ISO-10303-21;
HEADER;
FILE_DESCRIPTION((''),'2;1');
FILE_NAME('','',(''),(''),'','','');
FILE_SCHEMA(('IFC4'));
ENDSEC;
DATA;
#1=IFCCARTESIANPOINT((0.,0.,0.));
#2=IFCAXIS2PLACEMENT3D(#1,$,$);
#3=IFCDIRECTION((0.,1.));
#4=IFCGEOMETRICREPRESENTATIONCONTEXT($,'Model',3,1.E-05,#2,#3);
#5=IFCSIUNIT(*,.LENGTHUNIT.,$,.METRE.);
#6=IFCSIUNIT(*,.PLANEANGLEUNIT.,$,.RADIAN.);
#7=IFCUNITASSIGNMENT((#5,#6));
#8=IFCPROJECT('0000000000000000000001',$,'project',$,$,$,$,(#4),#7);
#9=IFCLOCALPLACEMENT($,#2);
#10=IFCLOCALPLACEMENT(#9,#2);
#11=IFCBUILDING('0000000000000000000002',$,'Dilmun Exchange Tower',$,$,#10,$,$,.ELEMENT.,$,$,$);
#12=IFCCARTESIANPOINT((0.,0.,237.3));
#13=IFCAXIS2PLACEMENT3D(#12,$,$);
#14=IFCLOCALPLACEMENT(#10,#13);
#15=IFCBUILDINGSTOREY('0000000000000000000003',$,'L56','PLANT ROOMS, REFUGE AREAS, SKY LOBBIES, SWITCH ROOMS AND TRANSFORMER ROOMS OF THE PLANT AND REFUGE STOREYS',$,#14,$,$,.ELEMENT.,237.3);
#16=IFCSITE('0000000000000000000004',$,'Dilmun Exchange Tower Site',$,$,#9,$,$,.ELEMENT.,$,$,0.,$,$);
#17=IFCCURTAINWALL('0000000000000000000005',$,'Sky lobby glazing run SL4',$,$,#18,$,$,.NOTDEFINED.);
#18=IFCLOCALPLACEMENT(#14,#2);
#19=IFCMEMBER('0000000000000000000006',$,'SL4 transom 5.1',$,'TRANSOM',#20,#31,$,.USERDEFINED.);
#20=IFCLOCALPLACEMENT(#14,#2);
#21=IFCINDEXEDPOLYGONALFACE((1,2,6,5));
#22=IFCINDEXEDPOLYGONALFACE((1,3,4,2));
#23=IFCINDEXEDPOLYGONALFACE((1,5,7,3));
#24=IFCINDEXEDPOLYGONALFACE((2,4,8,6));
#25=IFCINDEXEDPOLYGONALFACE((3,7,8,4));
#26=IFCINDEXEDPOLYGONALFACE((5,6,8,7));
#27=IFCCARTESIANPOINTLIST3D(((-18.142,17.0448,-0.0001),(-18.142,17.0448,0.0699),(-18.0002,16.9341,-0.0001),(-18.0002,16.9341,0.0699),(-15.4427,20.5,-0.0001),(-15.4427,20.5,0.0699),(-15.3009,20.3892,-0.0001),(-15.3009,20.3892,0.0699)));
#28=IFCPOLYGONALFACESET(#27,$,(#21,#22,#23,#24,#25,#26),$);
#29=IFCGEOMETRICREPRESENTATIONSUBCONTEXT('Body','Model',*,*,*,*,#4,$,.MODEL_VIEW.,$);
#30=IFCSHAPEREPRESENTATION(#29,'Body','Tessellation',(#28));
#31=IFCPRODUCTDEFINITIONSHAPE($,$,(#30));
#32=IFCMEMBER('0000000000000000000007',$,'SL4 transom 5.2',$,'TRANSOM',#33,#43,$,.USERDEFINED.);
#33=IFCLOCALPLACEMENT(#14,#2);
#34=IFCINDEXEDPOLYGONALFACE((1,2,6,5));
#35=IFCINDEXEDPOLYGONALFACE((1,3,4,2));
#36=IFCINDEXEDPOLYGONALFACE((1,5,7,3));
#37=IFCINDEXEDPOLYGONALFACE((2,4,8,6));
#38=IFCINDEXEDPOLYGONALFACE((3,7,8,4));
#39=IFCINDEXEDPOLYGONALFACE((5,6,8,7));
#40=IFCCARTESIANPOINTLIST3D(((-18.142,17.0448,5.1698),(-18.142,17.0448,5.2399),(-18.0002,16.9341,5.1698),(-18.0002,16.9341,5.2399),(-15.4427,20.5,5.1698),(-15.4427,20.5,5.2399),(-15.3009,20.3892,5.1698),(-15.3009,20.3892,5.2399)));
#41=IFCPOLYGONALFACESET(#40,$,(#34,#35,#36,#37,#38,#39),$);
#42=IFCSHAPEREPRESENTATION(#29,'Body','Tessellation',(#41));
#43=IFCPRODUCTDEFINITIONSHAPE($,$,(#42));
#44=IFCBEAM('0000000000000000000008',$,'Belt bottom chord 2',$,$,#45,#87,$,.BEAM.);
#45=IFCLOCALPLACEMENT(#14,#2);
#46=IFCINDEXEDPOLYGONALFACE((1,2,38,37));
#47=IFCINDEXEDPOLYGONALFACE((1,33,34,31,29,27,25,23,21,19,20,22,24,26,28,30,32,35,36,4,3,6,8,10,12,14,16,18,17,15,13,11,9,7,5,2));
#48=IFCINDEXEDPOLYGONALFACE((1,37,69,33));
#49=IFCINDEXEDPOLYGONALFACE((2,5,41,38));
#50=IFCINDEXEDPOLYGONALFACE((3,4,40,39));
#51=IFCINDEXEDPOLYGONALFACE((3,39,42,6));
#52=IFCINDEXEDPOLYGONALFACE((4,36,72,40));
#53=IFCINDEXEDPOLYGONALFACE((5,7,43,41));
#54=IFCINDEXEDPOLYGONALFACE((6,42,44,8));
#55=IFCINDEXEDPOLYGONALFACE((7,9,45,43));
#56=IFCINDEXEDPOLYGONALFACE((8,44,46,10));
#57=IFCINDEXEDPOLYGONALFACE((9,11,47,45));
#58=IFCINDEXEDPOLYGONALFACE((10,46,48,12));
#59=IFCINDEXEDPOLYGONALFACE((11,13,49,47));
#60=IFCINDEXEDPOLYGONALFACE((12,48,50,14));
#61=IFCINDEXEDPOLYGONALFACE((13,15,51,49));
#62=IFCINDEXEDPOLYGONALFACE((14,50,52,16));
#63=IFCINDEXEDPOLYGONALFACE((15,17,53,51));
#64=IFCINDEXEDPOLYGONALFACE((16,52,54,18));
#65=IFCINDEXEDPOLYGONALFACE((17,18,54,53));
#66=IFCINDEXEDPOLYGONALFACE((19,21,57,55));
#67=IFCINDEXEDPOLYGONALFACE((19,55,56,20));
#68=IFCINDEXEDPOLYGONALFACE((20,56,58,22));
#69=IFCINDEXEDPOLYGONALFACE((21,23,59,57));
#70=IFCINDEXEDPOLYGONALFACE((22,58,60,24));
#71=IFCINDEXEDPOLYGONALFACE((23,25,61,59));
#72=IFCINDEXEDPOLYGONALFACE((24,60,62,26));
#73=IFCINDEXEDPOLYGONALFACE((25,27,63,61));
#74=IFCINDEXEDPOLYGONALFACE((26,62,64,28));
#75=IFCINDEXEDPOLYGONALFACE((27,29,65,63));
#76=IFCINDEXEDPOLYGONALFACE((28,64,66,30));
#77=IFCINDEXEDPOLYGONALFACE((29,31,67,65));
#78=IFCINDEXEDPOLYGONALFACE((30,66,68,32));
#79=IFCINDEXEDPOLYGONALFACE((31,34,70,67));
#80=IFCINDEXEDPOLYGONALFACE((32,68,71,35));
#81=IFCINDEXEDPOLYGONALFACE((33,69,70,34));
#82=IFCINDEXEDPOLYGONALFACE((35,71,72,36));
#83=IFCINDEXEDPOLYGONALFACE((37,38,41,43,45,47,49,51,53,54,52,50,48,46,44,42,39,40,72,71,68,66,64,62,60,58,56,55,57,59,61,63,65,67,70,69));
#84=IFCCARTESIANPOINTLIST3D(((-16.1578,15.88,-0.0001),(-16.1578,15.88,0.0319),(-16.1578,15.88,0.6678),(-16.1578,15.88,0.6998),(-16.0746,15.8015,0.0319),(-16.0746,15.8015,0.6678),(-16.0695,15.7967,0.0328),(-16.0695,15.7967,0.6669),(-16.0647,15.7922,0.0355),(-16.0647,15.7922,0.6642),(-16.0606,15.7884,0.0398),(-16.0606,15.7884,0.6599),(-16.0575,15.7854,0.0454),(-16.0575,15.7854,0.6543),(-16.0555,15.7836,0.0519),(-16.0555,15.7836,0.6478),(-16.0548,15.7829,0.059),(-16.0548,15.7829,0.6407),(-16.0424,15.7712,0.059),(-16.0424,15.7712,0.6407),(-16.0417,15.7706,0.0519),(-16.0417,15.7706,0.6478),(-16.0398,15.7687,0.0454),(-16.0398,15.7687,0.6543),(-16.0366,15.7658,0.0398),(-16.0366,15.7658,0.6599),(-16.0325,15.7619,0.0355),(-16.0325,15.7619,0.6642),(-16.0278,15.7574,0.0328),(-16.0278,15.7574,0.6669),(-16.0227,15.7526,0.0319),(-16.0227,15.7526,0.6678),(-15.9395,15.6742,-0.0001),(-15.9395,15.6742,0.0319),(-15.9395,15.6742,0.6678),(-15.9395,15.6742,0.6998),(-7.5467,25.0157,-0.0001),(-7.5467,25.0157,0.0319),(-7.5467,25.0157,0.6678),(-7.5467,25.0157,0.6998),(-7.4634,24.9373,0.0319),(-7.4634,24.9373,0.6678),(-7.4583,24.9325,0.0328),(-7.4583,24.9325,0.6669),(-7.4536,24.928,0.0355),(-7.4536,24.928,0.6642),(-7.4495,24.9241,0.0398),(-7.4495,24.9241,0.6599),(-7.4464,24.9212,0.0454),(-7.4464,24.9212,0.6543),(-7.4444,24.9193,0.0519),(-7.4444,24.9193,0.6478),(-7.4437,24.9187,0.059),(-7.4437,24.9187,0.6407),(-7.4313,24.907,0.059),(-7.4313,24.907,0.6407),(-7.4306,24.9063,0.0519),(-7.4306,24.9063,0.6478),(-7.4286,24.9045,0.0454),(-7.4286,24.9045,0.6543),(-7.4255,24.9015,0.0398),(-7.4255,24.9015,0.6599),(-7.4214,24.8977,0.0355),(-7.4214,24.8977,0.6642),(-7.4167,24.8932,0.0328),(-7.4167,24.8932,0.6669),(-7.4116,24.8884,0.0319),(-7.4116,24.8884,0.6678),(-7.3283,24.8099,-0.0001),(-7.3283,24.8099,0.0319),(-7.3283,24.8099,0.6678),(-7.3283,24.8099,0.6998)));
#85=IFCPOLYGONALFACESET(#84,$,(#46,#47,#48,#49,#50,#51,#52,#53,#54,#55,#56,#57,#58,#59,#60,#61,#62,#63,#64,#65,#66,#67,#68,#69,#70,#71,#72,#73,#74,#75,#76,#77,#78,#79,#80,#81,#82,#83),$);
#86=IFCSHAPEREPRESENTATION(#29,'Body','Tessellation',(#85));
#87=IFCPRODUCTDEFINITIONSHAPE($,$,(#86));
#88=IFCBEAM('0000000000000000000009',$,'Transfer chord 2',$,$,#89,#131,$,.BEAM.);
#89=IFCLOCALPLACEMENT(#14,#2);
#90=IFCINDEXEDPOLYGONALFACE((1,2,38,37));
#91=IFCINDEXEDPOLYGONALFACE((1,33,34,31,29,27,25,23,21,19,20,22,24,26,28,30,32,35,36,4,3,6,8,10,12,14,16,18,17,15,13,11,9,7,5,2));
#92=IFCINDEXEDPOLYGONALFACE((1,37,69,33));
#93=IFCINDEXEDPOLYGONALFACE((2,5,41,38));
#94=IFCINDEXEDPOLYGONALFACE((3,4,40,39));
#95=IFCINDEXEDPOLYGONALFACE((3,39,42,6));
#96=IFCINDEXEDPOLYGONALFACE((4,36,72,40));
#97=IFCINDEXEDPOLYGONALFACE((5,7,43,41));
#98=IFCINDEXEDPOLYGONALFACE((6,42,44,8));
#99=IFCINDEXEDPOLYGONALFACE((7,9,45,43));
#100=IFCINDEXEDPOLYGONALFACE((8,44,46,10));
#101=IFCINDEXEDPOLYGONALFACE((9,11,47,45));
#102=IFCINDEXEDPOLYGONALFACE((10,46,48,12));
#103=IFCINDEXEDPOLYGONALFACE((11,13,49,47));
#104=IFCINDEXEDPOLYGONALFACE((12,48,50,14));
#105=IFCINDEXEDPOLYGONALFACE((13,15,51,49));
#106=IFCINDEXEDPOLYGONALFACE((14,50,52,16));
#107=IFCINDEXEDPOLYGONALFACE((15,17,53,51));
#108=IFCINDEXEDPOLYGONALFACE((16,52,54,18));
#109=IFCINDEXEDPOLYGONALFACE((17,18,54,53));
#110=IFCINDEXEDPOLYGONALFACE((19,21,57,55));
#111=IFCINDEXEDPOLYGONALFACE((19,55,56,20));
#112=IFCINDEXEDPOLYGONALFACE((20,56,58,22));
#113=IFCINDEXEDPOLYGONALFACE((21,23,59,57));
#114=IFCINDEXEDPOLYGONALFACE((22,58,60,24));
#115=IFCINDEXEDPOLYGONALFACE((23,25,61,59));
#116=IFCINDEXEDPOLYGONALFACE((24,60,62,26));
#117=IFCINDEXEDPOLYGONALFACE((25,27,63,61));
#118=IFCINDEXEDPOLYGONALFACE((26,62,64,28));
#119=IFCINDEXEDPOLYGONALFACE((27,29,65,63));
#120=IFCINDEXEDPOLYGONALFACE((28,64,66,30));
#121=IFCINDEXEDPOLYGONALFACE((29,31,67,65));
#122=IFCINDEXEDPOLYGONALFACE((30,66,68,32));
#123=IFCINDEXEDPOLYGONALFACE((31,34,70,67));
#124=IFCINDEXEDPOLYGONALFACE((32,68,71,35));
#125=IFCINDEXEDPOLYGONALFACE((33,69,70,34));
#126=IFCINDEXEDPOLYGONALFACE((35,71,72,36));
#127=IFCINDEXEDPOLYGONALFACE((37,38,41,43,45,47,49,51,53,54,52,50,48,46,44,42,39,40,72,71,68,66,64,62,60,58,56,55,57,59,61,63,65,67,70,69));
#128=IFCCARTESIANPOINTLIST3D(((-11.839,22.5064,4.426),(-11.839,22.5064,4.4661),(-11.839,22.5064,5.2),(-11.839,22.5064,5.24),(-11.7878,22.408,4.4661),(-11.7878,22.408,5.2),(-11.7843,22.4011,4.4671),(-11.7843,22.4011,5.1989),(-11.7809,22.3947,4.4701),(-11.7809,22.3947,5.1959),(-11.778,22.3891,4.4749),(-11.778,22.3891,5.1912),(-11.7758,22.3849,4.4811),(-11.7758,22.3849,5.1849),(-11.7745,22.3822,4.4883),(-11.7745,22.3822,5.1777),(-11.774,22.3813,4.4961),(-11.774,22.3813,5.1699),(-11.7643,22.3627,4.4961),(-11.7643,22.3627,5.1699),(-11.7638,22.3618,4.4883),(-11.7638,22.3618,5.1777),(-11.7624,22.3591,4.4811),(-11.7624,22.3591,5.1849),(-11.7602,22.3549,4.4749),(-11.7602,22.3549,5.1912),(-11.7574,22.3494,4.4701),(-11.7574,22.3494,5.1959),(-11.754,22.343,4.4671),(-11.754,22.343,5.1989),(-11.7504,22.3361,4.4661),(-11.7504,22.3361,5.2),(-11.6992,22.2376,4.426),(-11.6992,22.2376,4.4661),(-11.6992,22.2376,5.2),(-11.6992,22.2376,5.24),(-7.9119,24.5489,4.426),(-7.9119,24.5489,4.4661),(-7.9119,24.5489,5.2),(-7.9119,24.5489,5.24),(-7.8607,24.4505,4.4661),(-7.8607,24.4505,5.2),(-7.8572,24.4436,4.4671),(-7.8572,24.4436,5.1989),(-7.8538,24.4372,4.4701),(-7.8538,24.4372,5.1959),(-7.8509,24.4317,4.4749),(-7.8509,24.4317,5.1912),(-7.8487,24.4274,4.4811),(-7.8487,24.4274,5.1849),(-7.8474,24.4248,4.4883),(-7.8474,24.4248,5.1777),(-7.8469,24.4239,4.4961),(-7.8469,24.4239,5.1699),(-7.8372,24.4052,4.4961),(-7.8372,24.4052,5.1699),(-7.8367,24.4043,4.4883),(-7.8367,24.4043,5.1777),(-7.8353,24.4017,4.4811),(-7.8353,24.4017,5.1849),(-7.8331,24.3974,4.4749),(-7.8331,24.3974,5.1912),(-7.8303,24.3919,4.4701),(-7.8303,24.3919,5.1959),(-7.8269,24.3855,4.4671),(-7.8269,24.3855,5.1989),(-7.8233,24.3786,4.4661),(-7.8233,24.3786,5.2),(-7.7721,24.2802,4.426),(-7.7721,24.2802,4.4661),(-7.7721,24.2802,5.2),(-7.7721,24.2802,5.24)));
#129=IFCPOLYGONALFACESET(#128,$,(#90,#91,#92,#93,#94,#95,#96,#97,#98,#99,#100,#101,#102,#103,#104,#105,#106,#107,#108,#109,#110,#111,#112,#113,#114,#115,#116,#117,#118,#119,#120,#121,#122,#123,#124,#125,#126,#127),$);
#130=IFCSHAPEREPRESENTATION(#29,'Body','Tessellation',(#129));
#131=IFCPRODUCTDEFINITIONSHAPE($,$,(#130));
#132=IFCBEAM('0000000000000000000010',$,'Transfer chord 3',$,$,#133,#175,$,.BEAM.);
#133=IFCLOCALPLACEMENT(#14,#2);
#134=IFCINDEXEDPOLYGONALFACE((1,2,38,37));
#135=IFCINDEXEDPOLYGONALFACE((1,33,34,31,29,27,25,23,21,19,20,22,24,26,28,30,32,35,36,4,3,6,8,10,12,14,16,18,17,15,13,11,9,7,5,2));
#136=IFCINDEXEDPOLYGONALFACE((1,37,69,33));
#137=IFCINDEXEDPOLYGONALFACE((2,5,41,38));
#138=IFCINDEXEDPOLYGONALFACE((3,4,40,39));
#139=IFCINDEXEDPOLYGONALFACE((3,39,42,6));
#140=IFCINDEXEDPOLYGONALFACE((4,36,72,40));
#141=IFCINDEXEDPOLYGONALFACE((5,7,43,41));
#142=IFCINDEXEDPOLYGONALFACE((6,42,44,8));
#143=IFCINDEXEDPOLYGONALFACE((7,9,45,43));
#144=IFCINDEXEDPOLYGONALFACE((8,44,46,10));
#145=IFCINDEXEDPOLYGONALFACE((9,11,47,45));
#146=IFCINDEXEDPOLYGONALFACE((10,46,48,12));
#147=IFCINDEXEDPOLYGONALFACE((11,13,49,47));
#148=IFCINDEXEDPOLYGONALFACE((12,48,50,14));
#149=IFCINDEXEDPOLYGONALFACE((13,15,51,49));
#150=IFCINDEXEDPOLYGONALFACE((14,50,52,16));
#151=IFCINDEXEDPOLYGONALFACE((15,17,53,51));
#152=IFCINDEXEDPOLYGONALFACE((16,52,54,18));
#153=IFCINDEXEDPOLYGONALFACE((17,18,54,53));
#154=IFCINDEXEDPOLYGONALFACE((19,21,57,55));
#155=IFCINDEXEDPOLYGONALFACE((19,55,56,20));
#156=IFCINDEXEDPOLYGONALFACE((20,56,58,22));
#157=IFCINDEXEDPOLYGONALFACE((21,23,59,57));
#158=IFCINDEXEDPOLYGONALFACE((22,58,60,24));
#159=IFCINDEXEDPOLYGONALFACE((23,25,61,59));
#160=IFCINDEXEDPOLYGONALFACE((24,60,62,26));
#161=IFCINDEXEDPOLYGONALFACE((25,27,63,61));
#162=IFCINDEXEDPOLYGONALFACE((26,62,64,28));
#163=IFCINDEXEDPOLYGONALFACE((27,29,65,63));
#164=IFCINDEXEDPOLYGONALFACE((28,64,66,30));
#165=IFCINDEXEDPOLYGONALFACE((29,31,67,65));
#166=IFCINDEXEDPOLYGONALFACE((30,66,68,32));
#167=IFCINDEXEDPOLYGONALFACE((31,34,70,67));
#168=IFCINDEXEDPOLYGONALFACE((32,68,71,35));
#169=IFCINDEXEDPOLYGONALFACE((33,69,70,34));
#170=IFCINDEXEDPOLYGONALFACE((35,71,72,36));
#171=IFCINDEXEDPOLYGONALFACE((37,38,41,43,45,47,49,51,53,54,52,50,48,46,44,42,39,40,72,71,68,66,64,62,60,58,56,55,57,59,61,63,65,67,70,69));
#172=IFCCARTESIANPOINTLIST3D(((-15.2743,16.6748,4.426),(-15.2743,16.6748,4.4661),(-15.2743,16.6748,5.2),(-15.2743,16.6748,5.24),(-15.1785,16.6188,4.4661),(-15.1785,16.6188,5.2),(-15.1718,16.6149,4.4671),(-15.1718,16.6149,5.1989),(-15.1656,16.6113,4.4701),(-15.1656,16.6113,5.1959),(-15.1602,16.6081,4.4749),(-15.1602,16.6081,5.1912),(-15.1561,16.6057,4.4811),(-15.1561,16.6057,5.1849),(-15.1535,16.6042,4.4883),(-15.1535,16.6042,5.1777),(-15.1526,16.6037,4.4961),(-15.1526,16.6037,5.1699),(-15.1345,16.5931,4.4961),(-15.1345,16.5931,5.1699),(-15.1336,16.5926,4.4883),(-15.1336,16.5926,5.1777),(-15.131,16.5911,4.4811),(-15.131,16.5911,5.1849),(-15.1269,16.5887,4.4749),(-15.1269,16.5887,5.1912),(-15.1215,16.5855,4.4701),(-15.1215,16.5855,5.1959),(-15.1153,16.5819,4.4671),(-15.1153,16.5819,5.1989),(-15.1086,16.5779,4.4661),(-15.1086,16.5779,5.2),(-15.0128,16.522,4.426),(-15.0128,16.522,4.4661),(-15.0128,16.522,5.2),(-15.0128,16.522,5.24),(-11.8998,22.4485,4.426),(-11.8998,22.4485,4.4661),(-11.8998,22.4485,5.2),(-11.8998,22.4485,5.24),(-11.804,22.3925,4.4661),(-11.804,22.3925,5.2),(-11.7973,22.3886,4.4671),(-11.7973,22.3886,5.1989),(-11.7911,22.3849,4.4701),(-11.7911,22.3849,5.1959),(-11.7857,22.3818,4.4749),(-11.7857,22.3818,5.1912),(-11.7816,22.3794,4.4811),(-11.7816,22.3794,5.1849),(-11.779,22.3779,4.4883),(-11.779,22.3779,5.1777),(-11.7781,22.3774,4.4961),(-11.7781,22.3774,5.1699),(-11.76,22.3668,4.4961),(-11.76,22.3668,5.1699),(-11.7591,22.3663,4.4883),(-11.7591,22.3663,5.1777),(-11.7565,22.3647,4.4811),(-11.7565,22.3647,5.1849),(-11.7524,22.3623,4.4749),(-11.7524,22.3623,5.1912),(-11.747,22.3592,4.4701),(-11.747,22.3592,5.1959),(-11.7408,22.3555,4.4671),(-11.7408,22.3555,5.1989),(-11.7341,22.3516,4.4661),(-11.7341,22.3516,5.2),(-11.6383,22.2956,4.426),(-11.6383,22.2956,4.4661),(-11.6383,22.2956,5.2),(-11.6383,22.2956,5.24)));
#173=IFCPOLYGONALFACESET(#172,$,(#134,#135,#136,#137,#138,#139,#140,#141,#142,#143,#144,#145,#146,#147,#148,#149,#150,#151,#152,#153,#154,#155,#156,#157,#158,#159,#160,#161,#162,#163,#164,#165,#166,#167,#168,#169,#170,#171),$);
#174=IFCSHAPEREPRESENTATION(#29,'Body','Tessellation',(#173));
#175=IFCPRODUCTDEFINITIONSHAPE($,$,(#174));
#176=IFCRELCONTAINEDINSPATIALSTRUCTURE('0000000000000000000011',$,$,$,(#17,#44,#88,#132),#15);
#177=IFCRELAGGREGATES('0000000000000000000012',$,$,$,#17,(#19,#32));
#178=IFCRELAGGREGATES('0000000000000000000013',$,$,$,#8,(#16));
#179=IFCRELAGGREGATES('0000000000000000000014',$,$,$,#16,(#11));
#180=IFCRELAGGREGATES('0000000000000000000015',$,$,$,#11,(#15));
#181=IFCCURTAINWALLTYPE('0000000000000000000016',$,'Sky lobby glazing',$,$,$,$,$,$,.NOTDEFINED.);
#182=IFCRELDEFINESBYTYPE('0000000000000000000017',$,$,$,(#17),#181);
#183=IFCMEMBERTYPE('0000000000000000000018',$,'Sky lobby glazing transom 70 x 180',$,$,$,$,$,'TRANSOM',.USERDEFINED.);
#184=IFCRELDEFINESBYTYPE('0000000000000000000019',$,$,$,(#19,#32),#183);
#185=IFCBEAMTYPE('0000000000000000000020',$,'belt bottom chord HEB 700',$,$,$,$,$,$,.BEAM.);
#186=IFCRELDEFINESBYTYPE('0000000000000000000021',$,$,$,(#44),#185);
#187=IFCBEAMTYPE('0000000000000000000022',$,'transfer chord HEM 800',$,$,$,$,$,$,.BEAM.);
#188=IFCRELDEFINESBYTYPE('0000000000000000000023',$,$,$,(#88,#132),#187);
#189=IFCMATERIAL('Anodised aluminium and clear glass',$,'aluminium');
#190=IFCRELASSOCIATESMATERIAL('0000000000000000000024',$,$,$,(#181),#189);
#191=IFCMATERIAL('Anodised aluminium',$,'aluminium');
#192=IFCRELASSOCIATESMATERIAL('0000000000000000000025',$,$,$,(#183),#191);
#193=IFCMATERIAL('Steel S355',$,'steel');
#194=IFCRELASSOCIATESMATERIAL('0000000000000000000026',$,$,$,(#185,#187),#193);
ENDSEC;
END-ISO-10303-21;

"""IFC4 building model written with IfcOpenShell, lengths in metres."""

from ifc_helpers import new_model, si_unit, direction, frame, origin, origin_2d, place, context, subcontext, project, spatial, rectangle, i_section, extrude, material, material_profile, profile_set, type_object, element, aggregate, save


model = new_model("IFC4")

# Units and contexts
model_context = context("Model", 3, precision=1e-05, world=origin(), true_north=direction((0.0, 1.0)))
body_context = subcontext(model_context, "Body", "Model", "MODEL_VIEW")
ifc_project = project(units=[si_unit("LENGTHUNIT", "METRE"), si_unit("PLANEANGLEUNIT", "RADIAN")], contexts=[model_context])

# Site, building, storey
site_placement = place(None, origin())
site = spatial("IfcSite", under=ifc_project, at=site_placement, Name="Dilmun Exchange Tower Site", CompositionType="ELEMENT", RefElevation=0.0)
building_placement = place(site_placement, origin())
building = spatial("IfcBuilding", under=site, at=building_placement, Name="Dilmun Exchange Tower", CompositionType="ELEMENT")
storey_placement = place(building_placement, frame((0.0, 0.0, 237.3)))
storey = spatial("IfcBuildingStorey", under=building, at=storey_placement, Name="L56", Description="PLANT ROOMS, REFUGE AREAS, SKY LOBBIES, SWITCH ROOMS AND TRANSFORMER ROOMS OF THE PLANT AND REFUGE STOREYS", CompositionType="ELEMENT", Elevation=237.3)

# Shared definitions
ifc_material_1 = material(Name="Anodised aluminium and clear glass", Category="aluminium")
ifc_material_2 = material(Name="Anodised aluminium", Category="aluminium")

# Curtain wall, members
curtain_wall_type_1 = type_object("IfcCurtainWallType", Name="Sky lobby glazing", PredefinedType="NOTDEFINED", material=ifc_material_1)
curtain_wall_1_placement = place(storey_placement, origin())
curtain_wall_1 = element("IfcCurtainWall", 1, at=curtain_wall_1_placement, inside=storey, type_object=curtain_wall_type_1, Name="Sky lobby glazing run SL4", PredefinedType="NOTDEFINED")
ifc_material_profile_1 = material_profile(ifc_material_2, rectangle(XDim=0.1799, YDim=0.0701, at=origin_2d()), Name="AL 70x180")
ifc_profile_set_1 = profile_set([ifc_material_profile_1], Name="Anodised aluminium")
member_type_1 = type_object("IfcMemberType", Name="Sky lobby glazing transom 70 x 180", ElementType="TRANSOM", PredefinedType="USERDEFINED", material=ifc_profile_set_1)
member_1_placement = place(storey_placement, frame((-15.3718, 20.4446, 0.0349), z_axis=(-0.615635, -0.788031, 0.0), x_axis=(0.788031, -0.615635, 0.0)))
member_1 = element("IfcMember", 2, at=member_1_placement, type_object=member_type_1, Name="SL4 transom 5.1", ObjectType="TRANSOM", PredefinedType="USERDEFINED", context=body_context, shape_type="SweptSolid", body=[
    extrude(rectangle(XDim=0.1799, YDim=0.0701, at=origin_2d()), origin(), (0.0, 0.0, 1.0), 4.3845),
])
member_2_placement = place(storey_placement, frame((-15.3718, 20.4446, 5.2048), z_axis=(-0.615635, -0.788031, 0.0), x_axis=(0.788031, -0.615635, 0.0)))
member_2 = element("IfcMember", 3, at=member_2_placement, type_object=member_type_1, Name="SL4 transom 5.2", ObjectType="TRANSOM", PredefinedType="USERDEFINED", context=body_context, shape_type="SweptSolid", body=[
    extrude(rectangle(XDim=0.1799, YDim=0.0701, at=origin_2d()), origin(), (0.0, 0.0, 1.0), 4.3845),
])

# Beams
ifc_material_3 = material(Name="Steel S355", Category="steel")
ifc_material_profile_2 = material_profile(ifc_material_3, i_section(OverallWidth=0.3, OverallDepth=0.7, WebThickness=0.0171, FlangeThickness=0.032, FilletRadius=0.0271, at=origin_2d()), Name="HEB 700")
ifc_profile_set_2 = profile_set([ifc_material_profile_2], Name="Steel S355")
beam_type_1 = type_object("IfcBeamType", Name="belt bottom chord HEB 700", PredefinedType="BEAM", material=ifc_profile_set_2)
beam_1_placement = place(storey_placement, frame((-7.4375, 24.9128, 0.3499), z_axis=(-0.685903, -0.727693, 0.0), x_axis=(0.727693, -0.685903, 0.0)))
element("IfcBeam", 4, at=beam_1_placement, inside=storey, type_object=beam_type_1, Name="Belt bottom chord 2", PredefinedType="BEAM", context=body_context, shape_type="SweptSolid", body=[
    extrude(i_section(OverallWidth=0.3, OverallDepth=0.7, WebThickness=0.0171, FlangeThickness=0.032, FilletRadius=0.0271, at=origin_2d()), origin(), (0.0, 0.0, 1.0), 12.5544),
])
ifc_material_profile_3 = material_profile(ifc_material_3, i_section(OverallWidth=0.303, OverallDepth=0.814, WebThickness=0.021, FlangeThickness=0.04, FilletRadius=0.03, at=origin_2d()), Name="HEM 800")
ifc_profile_set_3 = profile_set([ifc_material_profile_3], Name="Steel S355")
beam_type_2 = type_object("IfcBeamType", Name="transfer chord HEM 800", PredefinedType="BEAM", material=ifc_profile_set_3)
beam_2_placement = place(storey_placement, frame((-7.842, 24.4146, 4.833), z_axis=(-0.887176, -0.461431, 0.0), x_axis=(0.461431, -0.887176, 0.0)))
element("IfcBeam", 5, at=beam_2_placement, inside=storey, type_object=beam_type_2, Name="Transfer chord 2", PredefinedType="BEAM", context=body_context, shape_type="SweptSolid", body=[
    extrude(i_section(OverallWidth=0.303, OverallDepth=0.814, WebThickness=0.021, FlangeThickness=0.04, FilletRadius=0.03, at=origin_2d()), origin(), (0.0, 0.0, 1.0), 4.4265),
])
beam_3_placement = place(storey_placement, frame((-11.769, 22.3721, 4.833), z_axis=(-0.504599, -0.863354, 0.0), x_axis=(0.863354, -0.504599, 0.0)))
element("IfcBeam", 6, at=beam_3_placement, inside=storey, type_object=beam_type_2, Name="Transfer chord 3", PredefinedType="BEAM", context=body_context, shape_type="SweptSolid", body=[
    extrude(i_section(OverallWidth=0.303, OverallDepth=0.814, WebThickness=0.021, FlangeThickness=0.04, FilletRadius=0.03, at=origin_2d()), origin(), (0.0, 0.0, 1.0), 6.6875),
])

aggregate(curtain_wall_1, [member_1, member_2])

save(model, "model.ifc")
